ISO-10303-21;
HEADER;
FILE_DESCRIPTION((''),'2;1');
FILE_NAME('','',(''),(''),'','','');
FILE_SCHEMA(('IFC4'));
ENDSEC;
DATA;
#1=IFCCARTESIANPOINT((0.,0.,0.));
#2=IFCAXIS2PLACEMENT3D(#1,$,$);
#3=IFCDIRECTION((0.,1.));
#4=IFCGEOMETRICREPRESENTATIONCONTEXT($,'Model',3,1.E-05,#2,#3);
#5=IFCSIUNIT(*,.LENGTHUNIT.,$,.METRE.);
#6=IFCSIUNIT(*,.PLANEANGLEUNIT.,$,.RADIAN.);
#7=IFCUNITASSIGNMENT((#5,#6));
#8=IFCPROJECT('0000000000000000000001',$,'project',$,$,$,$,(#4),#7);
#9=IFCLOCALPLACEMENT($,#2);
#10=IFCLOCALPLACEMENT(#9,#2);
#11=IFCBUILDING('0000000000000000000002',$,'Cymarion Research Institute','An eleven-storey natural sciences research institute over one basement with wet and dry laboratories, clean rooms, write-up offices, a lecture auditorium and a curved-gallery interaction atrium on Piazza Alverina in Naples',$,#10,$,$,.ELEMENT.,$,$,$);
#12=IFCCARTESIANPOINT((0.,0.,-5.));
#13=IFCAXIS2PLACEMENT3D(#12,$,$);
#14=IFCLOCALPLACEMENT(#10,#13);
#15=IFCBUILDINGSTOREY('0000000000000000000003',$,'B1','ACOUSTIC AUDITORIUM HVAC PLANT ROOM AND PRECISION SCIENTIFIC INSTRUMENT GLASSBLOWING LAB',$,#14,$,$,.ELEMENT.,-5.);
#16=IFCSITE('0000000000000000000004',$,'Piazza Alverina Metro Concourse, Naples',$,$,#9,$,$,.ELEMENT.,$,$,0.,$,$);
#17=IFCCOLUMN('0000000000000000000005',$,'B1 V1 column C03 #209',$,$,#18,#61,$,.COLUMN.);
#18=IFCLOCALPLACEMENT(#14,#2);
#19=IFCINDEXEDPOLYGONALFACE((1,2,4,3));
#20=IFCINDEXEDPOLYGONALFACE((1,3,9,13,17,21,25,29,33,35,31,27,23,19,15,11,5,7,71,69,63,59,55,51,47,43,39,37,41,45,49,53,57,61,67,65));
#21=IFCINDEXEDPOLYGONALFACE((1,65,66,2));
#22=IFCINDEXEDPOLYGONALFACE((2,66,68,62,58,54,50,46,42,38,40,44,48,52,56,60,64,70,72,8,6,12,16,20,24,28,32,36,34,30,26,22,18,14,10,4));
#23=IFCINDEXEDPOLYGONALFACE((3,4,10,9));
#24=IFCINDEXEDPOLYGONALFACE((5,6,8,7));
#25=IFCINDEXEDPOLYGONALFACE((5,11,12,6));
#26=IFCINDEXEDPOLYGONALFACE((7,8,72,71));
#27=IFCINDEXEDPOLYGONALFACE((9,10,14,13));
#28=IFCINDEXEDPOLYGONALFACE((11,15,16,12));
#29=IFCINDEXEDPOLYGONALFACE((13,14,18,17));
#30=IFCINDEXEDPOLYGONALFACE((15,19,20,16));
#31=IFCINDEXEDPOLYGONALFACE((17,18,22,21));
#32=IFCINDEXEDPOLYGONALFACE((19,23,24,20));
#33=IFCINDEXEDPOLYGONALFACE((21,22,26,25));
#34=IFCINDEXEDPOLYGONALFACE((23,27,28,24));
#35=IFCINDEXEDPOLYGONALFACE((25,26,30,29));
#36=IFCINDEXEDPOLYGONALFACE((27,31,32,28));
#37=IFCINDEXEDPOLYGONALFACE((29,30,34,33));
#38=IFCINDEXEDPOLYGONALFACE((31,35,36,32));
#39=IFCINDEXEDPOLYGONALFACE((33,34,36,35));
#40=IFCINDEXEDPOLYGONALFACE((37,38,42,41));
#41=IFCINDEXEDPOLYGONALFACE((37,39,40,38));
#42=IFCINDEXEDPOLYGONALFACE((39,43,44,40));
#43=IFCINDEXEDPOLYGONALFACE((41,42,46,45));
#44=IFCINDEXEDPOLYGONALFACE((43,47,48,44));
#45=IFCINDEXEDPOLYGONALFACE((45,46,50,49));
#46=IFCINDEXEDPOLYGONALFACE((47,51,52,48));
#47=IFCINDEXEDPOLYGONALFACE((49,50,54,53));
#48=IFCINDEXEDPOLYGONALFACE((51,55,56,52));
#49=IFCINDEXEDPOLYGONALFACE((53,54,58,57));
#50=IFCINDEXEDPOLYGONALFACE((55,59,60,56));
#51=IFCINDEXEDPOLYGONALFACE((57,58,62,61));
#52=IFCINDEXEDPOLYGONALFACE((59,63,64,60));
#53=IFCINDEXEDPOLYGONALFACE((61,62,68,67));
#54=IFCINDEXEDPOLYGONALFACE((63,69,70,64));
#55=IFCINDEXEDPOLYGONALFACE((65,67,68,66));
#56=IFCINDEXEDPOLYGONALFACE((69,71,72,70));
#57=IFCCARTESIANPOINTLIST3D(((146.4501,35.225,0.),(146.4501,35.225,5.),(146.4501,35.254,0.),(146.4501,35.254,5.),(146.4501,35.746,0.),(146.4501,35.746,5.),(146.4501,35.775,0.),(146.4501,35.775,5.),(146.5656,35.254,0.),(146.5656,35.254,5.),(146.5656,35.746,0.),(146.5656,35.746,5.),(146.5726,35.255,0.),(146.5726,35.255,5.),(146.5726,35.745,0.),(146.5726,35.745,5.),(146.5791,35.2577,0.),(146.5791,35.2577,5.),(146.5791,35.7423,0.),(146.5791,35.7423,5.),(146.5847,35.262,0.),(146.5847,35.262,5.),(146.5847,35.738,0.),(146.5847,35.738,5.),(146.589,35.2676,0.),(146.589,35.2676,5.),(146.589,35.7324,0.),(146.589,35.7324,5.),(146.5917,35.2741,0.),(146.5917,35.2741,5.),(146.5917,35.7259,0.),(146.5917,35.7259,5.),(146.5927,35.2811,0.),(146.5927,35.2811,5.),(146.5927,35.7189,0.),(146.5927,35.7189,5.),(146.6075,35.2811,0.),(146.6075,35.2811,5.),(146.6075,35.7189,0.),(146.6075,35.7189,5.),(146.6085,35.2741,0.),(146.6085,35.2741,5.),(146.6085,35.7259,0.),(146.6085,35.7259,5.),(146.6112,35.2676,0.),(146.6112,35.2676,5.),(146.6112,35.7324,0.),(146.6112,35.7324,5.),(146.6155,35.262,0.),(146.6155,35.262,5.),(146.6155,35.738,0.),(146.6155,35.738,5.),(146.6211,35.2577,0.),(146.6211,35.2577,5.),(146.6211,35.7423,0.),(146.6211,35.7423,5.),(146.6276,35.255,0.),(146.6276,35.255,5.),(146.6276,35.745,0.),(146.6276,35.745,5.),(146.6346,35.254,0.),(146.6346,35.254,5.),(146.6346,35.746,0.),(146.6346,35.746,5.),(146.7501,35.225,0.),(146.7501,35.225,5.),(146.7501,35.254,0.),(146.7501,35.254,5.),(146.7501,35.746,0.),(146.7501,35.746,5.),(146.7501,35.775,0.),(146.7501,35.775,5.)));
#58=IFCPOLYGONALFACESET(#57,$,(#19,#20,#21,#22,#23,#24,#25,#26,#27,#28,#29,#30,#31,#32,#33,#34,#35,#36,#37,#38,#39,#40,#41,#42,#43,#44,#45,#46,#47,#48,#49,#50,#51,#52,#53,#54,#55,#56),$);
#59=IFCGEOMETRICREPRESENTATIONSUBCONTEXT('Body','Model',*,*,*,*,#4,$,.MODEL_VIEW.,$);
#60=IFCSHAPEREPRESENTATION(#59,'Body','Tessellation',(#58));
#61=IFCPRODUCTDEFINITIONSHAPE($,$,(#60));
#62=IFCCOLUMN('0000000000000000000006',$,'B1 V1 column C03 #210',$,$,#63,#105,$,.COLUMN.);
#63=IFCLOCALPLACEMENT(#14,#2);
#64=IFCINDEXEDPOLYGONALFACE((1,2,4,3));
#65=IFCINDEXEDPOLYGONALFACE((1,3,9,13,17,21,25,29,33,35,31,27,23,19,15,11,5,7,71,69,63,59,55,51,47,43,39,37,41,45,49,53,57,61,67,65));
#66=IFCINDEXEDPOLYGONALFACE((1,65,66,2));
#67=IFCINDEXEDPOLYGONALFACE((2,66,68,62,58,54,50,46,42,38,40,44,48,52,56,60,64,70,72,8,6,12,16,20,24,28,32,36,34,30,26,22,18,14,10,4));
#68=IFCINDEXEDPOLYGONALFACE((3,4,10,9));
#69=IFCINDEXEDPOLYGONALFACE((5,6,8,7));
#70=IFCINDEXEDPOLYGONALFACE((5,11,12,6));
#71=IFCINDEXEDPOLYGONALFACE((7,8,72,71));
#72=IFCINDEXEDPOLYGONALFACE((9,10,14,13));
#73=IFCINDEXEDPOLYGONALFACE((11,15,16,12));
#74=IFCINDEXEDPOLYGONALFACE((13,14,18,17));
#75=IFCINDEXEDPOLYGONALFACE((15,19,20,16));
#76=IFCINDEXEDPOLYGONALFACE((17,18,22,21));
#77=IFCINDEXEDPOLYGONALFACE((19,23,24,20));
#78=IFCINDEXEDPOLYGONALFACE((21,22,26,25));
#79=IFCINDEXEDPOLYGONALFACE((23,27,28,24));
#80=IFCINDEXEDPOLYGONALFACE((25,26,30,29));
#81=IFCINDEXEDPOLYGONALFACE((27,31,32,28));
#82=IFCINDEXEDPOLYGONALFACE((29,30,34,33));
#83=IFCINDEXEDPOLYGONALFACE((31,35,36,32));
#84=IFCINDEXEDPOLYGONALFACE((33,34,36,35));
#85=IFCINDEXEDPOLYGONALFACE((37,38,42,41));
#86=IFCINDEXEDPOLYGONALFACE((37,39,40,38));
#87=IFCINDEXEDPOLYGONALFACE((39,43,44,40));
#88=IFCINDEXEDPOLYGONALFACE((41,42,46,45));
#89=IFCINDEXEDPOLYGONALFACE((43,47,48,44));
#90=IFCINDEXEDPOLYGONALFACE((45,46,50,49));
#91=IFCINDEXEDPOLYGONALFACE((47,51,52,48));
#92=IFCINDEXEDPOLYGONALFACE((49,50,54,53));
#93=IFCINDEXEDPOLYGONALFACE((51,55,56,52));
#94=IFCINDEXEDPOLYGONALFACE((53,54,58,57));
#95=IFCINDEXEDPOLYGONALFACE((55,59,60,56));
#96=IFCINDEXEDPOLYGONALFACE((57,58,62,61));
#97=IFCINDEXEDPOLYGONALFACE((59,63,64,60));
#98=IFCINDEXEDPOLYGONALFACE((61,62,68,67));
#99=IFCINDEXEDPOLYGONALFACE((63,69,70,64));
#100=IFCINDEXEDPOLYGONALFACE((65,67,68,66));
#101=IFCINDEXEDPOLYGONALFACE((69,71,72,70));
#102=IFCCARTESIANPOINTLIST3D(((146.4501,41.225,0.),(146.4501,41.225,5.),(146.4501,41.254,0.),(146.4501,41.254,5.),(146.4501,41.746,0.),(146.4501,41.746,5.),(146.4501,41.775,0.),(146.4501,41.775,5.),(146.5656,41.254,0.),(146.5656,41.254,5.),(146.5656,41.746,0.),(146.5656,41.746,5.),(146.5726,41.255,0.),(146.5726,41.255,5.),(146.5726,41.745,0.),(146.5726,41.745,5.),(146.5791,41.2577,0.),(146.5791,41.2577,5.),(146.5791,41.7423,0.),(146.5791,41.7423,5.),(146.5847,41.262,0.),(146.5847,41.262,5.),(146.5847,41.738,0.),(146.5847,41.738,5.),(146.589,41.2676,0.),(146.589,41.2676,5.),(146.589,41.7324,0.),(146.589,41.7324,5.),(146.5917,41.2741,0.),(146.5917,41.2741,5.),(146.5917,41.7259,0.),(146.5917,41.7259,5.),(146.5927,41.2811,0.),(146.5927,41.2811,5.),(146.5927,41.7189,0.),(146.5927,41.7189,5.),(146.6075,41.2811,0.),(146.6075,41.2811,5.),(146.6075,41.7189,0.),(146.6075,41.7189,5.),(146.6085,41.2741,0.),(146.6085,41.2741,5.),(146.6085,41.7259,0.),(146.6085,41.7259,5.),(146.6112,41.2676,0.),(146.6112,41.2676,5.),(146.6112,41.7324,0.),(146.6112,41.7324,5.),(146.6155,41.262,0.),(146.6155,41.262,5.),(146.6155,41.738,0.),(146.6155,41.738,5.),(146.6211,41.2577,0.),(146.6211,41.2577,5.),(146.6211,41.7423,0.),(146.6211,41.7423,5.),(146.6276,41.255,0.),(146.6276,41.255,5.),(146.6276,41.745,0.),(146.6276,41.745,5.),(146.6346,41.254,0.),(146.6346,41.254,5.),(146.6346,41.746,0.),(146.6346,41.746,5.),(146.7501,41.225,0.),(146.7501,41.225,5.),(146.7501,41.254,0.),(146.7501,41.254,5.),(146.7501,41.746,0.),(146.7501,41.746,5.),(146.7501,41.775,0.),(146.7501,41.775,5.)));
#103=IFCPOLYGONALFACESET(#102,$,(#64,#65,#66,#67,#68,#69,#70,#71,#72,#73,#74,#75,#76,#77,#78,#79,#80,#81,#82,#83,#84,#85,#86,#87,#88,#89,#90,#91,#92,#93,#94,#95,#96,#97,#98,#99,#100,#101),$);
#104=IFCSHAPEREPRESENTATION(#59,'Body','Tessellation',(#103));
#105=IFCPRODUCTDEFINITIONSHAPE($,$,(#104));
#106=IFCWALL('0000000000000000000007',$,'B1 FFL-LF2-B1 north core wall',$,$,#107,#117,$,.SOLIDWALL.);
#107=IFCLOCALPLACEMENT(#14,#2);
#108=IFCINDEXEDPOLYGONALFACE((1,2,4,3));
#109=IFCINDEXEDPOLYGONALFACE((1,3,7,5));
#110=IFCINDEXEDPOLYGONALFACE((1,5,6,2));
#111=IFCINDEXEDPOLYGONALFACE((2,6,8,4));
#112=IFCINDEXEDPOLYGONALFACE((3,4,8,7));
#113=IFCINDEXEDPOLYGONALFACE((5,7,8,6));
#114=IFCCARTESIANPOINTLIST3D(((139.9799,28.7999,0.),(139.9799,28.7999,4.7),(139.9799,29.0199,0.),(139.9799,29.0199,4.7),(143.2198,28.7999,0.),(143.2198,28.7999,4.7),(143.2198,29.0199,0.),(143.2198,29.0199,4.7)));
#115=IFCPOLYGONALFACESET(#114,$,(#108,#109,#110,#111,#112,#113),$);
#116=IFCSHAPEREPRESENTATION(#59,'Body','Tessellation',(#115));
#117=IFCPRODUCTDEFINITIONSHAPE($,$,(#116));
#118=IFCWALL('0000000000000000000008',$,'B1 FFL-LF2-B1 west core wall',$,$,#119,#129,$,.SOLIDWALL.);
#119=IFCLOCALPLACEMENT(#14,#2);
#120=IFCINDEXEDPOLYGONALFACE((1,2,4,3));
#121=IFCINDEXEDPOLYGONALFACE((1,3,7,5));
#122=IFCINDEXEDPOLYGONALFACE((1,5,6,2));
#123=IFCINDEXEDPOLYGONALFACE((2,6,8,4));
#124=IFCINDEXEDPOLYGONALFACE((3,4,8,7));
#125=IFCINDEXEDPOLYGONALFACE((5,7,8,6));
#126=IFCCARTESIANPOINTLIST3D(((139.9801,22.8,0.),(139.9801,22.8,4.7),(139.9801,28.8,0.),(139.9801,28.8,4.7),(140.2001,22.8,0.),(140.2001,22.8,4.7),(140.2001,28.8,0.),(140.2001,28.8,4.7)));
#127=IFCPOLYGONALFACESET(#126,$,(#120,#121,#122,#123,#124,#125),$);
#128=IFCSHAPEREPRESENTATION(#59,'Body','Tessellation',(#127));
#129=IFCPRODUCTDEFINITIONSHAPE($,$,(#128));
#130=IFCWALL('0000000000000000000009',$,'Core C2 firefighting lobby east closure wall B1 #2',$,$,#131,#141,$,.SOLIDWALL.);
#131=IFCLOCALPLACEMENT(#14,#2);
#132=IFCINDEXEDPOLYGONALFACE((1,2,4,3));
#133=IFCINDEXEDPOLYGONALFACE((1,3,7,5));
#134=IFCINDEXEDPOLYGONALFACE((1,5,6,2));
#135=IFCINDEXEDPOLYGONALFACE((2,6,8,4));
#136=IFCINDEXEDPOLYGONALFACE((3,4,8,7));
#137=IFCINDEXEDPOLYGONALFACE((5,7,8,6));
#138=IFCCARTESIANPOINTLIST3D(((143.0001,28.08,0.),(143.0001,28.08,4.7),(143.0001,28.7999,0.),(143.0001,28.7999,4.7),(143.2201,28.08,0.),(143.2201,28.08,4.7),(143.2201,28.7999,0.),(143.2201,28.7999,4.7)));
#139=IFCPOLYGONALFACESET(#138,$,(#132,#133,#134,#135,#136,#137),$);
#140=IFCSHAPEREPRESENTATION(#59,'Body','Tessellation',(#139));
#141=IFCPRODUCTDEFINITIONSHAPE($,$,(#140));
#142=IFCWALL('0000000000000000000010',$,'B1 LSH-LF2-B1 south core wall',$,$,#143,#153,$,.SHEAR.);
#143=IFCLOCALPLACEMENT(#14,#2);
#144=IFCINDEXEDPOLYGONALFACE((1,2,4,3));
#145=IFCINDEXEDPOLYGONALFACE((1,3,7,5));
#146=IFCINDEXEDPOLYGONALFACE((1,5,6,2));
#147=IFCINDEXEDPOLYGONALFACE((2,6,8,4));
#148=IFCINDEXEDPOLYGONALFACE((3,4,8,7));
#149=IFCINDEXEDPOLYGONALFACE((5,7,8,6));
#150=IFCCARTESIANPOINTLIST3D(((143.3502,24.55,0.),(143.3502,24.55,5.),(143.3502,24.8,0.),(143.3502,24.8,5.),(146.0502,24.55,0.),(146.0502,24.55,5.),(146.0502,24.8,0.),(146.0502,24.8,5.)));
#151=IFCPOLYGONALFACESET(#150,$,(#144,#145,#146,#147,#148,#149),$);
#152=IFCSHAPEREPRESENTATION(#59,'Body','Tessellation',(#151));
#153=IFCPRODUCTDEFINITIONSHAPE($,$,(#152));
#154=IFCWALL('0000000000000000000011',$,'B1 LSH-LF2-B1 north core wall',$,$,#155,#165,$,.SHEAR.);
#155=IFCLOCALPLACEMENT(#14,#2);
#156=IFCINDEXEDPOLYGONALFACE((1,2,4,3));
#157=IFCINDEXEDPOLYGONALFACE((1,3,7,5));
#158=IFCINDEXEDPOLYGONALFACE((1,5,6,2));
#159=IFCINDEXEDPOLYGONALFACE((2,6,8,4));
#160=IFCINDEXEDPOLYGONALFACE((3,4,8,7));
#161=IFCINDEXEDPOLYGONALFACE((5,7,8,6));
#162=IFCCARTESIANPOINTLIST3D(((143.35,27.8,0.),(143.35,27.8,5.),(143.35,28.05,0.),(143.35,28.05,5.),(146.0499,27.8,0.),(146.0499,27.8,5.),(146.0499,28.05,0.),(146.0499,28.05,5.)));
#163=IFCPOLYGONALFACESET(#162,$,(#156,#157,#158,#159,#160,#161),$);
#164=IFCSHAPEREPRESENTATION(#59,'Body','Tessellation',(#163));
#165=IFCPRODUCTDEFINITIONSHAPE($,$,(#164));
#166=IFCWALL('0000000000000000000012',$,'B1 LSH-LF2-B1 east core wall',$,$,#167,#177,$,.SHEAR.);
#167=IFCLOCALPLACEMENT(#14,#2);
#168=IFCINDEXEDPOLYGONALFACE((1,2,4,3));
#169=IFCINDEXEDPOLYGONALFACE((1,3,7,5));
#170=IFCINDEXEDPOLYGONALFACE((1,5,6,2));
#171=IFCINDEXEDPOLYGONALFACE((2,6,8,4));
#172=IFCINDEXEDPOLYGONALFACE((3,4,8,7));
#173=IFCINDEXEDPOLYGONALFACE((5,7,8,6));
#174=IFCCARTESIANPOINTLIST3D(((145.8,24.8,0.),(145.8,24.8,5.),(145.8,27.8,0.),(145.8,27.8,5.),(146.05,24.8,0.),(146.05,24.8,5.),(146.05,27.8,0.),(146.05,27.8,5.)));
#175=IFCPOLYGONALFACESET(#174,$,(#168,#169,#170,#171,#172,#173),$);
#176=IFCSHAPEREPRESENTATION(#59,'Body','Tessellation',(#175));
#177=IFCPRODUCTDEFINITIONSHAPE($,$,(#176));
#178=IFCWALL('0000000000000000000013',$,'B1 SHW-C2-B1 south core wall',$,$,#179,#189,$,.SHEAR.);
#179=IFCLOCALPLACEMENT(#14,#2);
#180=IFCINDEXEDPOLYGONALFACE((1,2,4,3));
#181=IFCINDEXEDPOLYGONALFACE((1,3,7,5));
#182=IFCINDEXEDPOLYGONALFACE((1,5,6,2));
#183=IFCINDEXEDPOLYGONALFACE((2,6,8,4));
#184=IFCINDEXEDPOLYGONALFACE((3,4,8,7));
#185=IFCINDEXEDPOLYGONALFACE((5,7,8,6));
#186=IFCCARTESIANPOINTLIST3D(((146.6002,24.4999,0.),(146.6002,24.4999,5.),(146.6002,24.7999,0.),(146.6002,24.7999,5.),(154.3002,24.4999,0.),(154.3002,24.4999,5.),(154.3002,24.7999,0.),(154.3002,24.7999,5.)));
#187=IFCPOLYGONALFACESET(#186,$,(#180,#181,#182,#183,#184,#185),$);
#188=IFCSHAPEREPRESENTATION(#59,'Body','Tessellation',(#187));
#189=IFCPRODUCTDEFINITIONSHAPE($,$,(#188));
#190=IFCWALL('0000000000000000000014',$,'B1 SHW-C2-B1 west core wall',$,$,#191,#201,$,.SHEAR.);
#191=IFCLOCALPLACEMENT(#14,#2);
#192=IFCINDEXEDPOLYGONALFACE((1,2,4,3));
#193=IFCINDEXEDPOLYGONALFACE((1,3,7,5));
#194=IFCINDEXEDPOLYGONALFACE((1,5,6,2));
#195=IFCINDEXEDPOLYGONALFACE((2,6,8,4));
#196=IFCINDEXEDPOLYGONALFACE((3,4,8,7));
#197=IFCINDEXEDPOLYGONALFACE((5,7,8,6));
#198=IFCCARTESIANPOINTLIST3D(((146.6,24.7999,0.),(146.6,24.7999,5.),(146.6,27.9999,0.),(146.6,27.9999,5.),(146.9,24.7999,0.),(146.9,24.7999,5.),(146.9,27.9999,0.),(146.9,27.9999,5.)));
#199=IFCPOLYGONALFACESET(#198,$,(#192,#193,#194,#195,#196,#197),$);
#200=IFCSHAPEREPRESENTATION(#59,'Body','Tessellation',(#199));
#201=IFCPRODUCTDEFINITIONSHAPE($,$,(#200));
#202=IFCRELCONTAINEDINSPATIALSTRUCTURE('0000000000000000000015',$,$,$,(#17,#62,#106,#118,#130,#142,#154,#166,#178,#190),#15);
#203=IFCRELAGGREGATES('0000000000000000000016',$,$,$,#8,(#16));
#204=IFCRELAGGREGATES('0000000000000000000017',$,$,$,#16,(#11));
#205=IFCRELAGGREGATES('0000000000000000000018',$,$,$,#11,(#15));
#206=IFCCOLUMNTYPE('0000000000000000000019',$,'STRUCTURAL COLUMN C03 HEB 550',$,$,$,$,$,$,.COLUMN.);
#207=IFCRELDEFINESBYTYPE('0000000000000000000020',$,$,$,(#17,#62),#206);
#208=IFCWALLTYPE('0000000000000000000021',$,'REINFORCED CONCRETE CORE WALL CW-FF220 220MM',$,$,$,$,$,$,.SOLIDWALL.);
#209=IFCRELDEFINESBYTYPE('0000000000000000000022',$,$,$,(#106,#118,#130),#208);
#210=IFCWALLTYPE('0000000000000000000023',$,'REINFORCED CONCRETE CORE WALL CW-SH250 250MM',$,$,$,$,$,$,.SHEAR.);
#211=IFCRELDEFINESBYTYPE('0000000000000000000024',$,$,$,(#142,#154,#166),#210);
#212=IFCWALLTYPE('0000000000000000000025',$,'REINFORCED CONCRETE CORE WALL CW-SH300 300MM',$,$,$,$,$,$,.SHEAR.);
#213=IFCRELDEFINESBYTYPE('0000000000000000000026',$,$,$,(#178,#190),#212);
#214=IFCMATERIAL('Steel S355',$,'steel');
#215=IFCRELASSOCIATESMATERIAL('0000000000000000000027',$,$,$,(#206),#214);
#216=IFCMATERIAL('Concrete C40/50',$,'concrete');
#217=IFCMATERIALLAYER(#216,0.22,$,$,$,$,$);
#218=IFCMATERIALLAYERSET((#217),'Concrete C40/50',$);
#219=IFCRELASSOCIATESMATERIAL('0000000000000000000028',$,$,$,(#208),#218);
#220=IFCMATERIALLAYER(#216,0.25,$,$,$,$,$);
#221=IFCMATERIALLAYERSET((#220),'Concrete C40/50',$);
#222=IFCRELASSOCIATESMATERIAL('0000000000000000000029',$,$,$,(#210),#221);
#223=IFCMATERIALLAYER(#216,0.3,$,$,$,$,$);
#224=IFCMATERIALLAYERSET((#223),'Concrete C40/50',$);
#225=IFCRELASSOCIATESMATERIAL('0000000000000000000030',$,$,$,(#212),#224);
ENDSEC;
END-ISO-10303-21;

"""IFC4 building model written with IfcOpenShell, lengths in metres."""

from ifc_helpers import new_model, si_unit, direction, frame, frame_2d, origin, origin_2d, place, context, subcontext, project, spatial, rectangle, i_section, extrude, material, layer, layer_set, material_profile, profile_set, type_object, element, save


model = new_model("IFC4")

# Units and contexts
model_context = context("Model", 3, precision=1e-05, world=origin(), true_north=direction((0.0, 1.0)))
body_context = subcontext(model_context, "Body", "Model", "MODEL_VIEW")
ifc_project = project(units=[si_unit("LENGTHUNIT", "METRE"), si_unit("PLANEANGLEUNIT", "RADIAN")], contexts=[model_context])

# Site, building, storey
site_placement = place(None, origin())
site = spatial("IfcSite", under=ifc_project, at=site_placement, Name="Piazza Alverina Metro Concourse, Naples", CompositionType="ELEMENT", RefElevation=0.0)
building_placement = place(site_placement, origin())
building = spatial("IfcBuilding", under=site, at=building_placement, Name="Cymarion Research Institute", Description="An eleven-storey natural sciences research institute over one basement with wet and dry laboratories, clean rooms, write-up offices, a lecture auditorium and a curved-gallery interaction atrium on Piazza Alverina in Naples", CompositionType="ELEMENT")
storey_placement = place(building_placement, frame((0.0, 0.0, -5.0)))
storey = spatial("IfcBuildingStorey", under=building, at=storey_placement, Name="B1", Description="ACOUSTIC AUDITORIUM HVAC PLANT ROOM AND PRECISION SCIENTIFIC INSTRUMENT GLASSBLOWING LAB", CompositionType="ELEMENT", Elevation=-5.0)

# Columns
ifc_material_1 = material(Name="Steel S355", Category="steel")
ifc_material_profile_1 = material_profile(ifc_material_1, i_section(OverallWidth=0.3, OverallDepth=0.55, WebThickness=0.0149, FlangeThickness=0.0291, FilletRadius=0.0271, at=origin_2d()), Name="HEB 550")
ifc_profile_set_1 = profile_set([ifc_material_profile_1], Name="Steel S355")
column_type_1 = type_object("IfcColumnType", Name="STRUCTURAL COLUMN C03 HEB 550", PredefinedType="COLUMN", material=ifc_profile_set_1)
for number, where, z_axis, x_axis, name in (
    (1, (146.6001, 35.5, 0.0), (0.0, 0.0, 1.0), (1.0, 0.0, 0.0), "B1 V1 column C03 #209"),
    (2, (146.6001, 41.5, 0.0), (0.0, 0.0, 1.0), (1.0, 0.0, 0.0), "B1 V1 column C03 #210"),
):
    element("IfcColumn", number, at=place(storey_placement, frame(where, z_axis=z_axis, x_axis=x_axis)), inside=storey, type_object=column_type_1, Name=name, PredefinedType="COLUMN", context=body_context, shape_type="SweptSolid", body=[
        extrude(i_section(OverallWidth=0.3, OverallDepth=0.55, WebThickness=0.0149, FlangeThickness=0.0291, FilletRadius=0.0271, at=origin_2d()), origin(), (0.0, 0.0, 1.0), 5.0),
    ])

# Walls
ifc_material_2 = material(Name="Concrete C40/50", Category="concrete")
ifc_layer_1 = layer(ifc_material_2, 0.22)
ifc_layer_set_1 = layer_set([ifc_layer_1], Name="Concrete C40/50")
wall_type_1 = type_object("IfcWallType", Name="REINFORCED CONCRETE CORE WALL CW-FF220 220MM", PredefinedType="SOLIDWALL", material=ifc_layer_set_1)
wall_1_placement = place(storey_placement, frame((143.22, 28.9099, 0.0), z_axis=(0.0, 0.0, 1.0), x_axis=(-1.0, 0.0, 0.0)))
element("IfcWall", 3, at=wall_1_placement, inside=storey, type_object=wall_type_1, Name="B1 FFL-LF2-B1 north core wall", PredefinedType="SOLIDWALL", context=body_context, shape_type="SweptSolid", body=[
    extrude(rectangle(XDim=3.24, YDim=0.22, at=frame_2d((1.6201, 0.0))), origin(), (0.0, 0.0, 1.0), 4.7),
])
wall_2_placement = place(storey_placement, frame((140.0901, 28.8, 0.0), z_axis=(0.0, 0.0, 1.0), x_axis=(0.0, -1.0, 0.0)))
element("IfcWall", 4, at=wall_2_placement, inside=storey, type_object=wall_type_1, Name="B1 FFL-LF2-B1 west core wall", PredefinedType="SOLIDWALL", context=body_context, shape_type="SweptSolid", body=[
    extrude(rectangle(XDim=6.0, YDim=0.22, at=frame_2d((3.0, 0.0))), origin(), (0.0, 0.0, 1.0), 4.7),
])
wall_3_placement = place(storey_placement, frame((143.1101, 28.0801, 0.0), z_axis=(0.0, 0.0, 1.0), x_axis=(0.0, 1.0, 0.0)))
element("IfcWall", 5, at=wall_3_placement, inside=storey, type_object=wall_type_1, Name="Core C2 firefighting lobby east closure wall B1 #2", PredefinedType="SOLIDWALL", context=body_context, shape_type="SweptSolid", body=[
    extrude(rectangle(XDim=0.72, YDim=0.22, at=frame_2d((0.3599, 0.0))), origin(), (0.0, 0.0, 1.0), 4.7),
])
ifc_layer_2 = layer(ifc_material_2, 0.25)
ifc_layer_set_2 = layer_set([ifc_layer_2], Name="Concrete C40/50")
wall_type_2 = type_object("IfcWallType", Name="REINFORCED CONCRETE CORE WALL CW-SH250 250MM", PredefinedType="SHEAR", material=ifc_layer_set_2)
for number, where, z_axis, x_axis, name in (
    (6, (143.3501, 24.675, 0.0), (0.0, 0.0, 1.0), (1.0, 0.0, 0.0), "B1 LSH-LF2-B1 south core wall"),
    (7, (146.05, 27.925, 0.0), (0.0, 0.0, 1.0), (-1.0, 0.0, 0.0), "B1 LSH-LF2-B1 north core wall"),
):
    element("IfcWall", number, at=place(storey_placement, frame(where, z_axis=z_axis, x_axis=x_axis)), inside=storey, type_object=wall_type_2, Name=name, PredefinedType="SHEAR", context=body_context, shape_type="SweptSolid", body=[
        extrude(rectangle(XDim=2.7, YDim=0.25, at=frame_2d((1.3501, 0.0))), origin(), (0.0, 0.0, 1.0), 5.0),
    ])

# Walls
wall_4_placement = place(storey_placement, frame((145.925, 24.8, 0.0), z_axis=(0.0, 0.0, 1.0), x_axis=(0.0, 1.0, 0.0)))
element("IfcWall", 8, at=wall_4_placement, inside=storey, type_object=wall_type_2, Name="B1 LSH-LF2-B1 east core wall", PredefinedType="SHEAR", context=body_context, shape_type="SweptSolid", body=[
    extrude(rectangle(XDim=3.0, YDim=0.25, at=frame_2d((1.5, 0.0))), origin(), (0.0, 0.0, 1.0), 5.0),
])
ifc_layer_3 = layer(ifc_material_2, 0.3)
ifc_layer_set_3 = layer_set([ifc_layer_3], Name="Concrete C40/50")
wall_type_3 = type_object("IfcWallType", Name="REINFORCED CONCRETE CORE WALL CW-SH300 300MM", PredefinedType="SHEAR", material=ifc_layer_set_3)
wall_5_placement = place(storey_placement, frame((146.6001, 24.6499, 0.0), z_axis=(0.0, 0.0, 1.0), x_axis=(1.0, 0.0, 0.0)))
element("IfcWall", 9, at=wall_5_placement, inside=storey, type_object=wall_type_3, Name="B1 SHW-C2-B1 south core wall", PredefinedType="SHEAR", context=body_context, shape_type="SweptSolid", body=[
    extrude(rectangle(XDim=7.7, YDim=0.3, at=frame_2d((3.8501, 0.0))), origin(), (0.0, 0.0, 1.0), 5.0),
])
wall_6_placement = place(storey_placement, frame((146.75, 28.0, 0.0), z_axis=(0.0, 0.0, 1.0), x_axis=(0.0, -1.0, 0.0)))
element("IfcWall", 10, at=wall_6_placement, inside=storey, type_object=wall_type_3, Name="B1 SHW-C2-B1 west core wall", PredefinedType="SHEAR", context=body_context, shape_type="SweptSolid", body=[
    extrude(rectangle(XDim=3.2, YDim=0.3, at=frame_2d((1.6001, 0.0))), origin(), (0.0, 0.0, 1.0), 5.0),
])

save(model, "model.ifc")
